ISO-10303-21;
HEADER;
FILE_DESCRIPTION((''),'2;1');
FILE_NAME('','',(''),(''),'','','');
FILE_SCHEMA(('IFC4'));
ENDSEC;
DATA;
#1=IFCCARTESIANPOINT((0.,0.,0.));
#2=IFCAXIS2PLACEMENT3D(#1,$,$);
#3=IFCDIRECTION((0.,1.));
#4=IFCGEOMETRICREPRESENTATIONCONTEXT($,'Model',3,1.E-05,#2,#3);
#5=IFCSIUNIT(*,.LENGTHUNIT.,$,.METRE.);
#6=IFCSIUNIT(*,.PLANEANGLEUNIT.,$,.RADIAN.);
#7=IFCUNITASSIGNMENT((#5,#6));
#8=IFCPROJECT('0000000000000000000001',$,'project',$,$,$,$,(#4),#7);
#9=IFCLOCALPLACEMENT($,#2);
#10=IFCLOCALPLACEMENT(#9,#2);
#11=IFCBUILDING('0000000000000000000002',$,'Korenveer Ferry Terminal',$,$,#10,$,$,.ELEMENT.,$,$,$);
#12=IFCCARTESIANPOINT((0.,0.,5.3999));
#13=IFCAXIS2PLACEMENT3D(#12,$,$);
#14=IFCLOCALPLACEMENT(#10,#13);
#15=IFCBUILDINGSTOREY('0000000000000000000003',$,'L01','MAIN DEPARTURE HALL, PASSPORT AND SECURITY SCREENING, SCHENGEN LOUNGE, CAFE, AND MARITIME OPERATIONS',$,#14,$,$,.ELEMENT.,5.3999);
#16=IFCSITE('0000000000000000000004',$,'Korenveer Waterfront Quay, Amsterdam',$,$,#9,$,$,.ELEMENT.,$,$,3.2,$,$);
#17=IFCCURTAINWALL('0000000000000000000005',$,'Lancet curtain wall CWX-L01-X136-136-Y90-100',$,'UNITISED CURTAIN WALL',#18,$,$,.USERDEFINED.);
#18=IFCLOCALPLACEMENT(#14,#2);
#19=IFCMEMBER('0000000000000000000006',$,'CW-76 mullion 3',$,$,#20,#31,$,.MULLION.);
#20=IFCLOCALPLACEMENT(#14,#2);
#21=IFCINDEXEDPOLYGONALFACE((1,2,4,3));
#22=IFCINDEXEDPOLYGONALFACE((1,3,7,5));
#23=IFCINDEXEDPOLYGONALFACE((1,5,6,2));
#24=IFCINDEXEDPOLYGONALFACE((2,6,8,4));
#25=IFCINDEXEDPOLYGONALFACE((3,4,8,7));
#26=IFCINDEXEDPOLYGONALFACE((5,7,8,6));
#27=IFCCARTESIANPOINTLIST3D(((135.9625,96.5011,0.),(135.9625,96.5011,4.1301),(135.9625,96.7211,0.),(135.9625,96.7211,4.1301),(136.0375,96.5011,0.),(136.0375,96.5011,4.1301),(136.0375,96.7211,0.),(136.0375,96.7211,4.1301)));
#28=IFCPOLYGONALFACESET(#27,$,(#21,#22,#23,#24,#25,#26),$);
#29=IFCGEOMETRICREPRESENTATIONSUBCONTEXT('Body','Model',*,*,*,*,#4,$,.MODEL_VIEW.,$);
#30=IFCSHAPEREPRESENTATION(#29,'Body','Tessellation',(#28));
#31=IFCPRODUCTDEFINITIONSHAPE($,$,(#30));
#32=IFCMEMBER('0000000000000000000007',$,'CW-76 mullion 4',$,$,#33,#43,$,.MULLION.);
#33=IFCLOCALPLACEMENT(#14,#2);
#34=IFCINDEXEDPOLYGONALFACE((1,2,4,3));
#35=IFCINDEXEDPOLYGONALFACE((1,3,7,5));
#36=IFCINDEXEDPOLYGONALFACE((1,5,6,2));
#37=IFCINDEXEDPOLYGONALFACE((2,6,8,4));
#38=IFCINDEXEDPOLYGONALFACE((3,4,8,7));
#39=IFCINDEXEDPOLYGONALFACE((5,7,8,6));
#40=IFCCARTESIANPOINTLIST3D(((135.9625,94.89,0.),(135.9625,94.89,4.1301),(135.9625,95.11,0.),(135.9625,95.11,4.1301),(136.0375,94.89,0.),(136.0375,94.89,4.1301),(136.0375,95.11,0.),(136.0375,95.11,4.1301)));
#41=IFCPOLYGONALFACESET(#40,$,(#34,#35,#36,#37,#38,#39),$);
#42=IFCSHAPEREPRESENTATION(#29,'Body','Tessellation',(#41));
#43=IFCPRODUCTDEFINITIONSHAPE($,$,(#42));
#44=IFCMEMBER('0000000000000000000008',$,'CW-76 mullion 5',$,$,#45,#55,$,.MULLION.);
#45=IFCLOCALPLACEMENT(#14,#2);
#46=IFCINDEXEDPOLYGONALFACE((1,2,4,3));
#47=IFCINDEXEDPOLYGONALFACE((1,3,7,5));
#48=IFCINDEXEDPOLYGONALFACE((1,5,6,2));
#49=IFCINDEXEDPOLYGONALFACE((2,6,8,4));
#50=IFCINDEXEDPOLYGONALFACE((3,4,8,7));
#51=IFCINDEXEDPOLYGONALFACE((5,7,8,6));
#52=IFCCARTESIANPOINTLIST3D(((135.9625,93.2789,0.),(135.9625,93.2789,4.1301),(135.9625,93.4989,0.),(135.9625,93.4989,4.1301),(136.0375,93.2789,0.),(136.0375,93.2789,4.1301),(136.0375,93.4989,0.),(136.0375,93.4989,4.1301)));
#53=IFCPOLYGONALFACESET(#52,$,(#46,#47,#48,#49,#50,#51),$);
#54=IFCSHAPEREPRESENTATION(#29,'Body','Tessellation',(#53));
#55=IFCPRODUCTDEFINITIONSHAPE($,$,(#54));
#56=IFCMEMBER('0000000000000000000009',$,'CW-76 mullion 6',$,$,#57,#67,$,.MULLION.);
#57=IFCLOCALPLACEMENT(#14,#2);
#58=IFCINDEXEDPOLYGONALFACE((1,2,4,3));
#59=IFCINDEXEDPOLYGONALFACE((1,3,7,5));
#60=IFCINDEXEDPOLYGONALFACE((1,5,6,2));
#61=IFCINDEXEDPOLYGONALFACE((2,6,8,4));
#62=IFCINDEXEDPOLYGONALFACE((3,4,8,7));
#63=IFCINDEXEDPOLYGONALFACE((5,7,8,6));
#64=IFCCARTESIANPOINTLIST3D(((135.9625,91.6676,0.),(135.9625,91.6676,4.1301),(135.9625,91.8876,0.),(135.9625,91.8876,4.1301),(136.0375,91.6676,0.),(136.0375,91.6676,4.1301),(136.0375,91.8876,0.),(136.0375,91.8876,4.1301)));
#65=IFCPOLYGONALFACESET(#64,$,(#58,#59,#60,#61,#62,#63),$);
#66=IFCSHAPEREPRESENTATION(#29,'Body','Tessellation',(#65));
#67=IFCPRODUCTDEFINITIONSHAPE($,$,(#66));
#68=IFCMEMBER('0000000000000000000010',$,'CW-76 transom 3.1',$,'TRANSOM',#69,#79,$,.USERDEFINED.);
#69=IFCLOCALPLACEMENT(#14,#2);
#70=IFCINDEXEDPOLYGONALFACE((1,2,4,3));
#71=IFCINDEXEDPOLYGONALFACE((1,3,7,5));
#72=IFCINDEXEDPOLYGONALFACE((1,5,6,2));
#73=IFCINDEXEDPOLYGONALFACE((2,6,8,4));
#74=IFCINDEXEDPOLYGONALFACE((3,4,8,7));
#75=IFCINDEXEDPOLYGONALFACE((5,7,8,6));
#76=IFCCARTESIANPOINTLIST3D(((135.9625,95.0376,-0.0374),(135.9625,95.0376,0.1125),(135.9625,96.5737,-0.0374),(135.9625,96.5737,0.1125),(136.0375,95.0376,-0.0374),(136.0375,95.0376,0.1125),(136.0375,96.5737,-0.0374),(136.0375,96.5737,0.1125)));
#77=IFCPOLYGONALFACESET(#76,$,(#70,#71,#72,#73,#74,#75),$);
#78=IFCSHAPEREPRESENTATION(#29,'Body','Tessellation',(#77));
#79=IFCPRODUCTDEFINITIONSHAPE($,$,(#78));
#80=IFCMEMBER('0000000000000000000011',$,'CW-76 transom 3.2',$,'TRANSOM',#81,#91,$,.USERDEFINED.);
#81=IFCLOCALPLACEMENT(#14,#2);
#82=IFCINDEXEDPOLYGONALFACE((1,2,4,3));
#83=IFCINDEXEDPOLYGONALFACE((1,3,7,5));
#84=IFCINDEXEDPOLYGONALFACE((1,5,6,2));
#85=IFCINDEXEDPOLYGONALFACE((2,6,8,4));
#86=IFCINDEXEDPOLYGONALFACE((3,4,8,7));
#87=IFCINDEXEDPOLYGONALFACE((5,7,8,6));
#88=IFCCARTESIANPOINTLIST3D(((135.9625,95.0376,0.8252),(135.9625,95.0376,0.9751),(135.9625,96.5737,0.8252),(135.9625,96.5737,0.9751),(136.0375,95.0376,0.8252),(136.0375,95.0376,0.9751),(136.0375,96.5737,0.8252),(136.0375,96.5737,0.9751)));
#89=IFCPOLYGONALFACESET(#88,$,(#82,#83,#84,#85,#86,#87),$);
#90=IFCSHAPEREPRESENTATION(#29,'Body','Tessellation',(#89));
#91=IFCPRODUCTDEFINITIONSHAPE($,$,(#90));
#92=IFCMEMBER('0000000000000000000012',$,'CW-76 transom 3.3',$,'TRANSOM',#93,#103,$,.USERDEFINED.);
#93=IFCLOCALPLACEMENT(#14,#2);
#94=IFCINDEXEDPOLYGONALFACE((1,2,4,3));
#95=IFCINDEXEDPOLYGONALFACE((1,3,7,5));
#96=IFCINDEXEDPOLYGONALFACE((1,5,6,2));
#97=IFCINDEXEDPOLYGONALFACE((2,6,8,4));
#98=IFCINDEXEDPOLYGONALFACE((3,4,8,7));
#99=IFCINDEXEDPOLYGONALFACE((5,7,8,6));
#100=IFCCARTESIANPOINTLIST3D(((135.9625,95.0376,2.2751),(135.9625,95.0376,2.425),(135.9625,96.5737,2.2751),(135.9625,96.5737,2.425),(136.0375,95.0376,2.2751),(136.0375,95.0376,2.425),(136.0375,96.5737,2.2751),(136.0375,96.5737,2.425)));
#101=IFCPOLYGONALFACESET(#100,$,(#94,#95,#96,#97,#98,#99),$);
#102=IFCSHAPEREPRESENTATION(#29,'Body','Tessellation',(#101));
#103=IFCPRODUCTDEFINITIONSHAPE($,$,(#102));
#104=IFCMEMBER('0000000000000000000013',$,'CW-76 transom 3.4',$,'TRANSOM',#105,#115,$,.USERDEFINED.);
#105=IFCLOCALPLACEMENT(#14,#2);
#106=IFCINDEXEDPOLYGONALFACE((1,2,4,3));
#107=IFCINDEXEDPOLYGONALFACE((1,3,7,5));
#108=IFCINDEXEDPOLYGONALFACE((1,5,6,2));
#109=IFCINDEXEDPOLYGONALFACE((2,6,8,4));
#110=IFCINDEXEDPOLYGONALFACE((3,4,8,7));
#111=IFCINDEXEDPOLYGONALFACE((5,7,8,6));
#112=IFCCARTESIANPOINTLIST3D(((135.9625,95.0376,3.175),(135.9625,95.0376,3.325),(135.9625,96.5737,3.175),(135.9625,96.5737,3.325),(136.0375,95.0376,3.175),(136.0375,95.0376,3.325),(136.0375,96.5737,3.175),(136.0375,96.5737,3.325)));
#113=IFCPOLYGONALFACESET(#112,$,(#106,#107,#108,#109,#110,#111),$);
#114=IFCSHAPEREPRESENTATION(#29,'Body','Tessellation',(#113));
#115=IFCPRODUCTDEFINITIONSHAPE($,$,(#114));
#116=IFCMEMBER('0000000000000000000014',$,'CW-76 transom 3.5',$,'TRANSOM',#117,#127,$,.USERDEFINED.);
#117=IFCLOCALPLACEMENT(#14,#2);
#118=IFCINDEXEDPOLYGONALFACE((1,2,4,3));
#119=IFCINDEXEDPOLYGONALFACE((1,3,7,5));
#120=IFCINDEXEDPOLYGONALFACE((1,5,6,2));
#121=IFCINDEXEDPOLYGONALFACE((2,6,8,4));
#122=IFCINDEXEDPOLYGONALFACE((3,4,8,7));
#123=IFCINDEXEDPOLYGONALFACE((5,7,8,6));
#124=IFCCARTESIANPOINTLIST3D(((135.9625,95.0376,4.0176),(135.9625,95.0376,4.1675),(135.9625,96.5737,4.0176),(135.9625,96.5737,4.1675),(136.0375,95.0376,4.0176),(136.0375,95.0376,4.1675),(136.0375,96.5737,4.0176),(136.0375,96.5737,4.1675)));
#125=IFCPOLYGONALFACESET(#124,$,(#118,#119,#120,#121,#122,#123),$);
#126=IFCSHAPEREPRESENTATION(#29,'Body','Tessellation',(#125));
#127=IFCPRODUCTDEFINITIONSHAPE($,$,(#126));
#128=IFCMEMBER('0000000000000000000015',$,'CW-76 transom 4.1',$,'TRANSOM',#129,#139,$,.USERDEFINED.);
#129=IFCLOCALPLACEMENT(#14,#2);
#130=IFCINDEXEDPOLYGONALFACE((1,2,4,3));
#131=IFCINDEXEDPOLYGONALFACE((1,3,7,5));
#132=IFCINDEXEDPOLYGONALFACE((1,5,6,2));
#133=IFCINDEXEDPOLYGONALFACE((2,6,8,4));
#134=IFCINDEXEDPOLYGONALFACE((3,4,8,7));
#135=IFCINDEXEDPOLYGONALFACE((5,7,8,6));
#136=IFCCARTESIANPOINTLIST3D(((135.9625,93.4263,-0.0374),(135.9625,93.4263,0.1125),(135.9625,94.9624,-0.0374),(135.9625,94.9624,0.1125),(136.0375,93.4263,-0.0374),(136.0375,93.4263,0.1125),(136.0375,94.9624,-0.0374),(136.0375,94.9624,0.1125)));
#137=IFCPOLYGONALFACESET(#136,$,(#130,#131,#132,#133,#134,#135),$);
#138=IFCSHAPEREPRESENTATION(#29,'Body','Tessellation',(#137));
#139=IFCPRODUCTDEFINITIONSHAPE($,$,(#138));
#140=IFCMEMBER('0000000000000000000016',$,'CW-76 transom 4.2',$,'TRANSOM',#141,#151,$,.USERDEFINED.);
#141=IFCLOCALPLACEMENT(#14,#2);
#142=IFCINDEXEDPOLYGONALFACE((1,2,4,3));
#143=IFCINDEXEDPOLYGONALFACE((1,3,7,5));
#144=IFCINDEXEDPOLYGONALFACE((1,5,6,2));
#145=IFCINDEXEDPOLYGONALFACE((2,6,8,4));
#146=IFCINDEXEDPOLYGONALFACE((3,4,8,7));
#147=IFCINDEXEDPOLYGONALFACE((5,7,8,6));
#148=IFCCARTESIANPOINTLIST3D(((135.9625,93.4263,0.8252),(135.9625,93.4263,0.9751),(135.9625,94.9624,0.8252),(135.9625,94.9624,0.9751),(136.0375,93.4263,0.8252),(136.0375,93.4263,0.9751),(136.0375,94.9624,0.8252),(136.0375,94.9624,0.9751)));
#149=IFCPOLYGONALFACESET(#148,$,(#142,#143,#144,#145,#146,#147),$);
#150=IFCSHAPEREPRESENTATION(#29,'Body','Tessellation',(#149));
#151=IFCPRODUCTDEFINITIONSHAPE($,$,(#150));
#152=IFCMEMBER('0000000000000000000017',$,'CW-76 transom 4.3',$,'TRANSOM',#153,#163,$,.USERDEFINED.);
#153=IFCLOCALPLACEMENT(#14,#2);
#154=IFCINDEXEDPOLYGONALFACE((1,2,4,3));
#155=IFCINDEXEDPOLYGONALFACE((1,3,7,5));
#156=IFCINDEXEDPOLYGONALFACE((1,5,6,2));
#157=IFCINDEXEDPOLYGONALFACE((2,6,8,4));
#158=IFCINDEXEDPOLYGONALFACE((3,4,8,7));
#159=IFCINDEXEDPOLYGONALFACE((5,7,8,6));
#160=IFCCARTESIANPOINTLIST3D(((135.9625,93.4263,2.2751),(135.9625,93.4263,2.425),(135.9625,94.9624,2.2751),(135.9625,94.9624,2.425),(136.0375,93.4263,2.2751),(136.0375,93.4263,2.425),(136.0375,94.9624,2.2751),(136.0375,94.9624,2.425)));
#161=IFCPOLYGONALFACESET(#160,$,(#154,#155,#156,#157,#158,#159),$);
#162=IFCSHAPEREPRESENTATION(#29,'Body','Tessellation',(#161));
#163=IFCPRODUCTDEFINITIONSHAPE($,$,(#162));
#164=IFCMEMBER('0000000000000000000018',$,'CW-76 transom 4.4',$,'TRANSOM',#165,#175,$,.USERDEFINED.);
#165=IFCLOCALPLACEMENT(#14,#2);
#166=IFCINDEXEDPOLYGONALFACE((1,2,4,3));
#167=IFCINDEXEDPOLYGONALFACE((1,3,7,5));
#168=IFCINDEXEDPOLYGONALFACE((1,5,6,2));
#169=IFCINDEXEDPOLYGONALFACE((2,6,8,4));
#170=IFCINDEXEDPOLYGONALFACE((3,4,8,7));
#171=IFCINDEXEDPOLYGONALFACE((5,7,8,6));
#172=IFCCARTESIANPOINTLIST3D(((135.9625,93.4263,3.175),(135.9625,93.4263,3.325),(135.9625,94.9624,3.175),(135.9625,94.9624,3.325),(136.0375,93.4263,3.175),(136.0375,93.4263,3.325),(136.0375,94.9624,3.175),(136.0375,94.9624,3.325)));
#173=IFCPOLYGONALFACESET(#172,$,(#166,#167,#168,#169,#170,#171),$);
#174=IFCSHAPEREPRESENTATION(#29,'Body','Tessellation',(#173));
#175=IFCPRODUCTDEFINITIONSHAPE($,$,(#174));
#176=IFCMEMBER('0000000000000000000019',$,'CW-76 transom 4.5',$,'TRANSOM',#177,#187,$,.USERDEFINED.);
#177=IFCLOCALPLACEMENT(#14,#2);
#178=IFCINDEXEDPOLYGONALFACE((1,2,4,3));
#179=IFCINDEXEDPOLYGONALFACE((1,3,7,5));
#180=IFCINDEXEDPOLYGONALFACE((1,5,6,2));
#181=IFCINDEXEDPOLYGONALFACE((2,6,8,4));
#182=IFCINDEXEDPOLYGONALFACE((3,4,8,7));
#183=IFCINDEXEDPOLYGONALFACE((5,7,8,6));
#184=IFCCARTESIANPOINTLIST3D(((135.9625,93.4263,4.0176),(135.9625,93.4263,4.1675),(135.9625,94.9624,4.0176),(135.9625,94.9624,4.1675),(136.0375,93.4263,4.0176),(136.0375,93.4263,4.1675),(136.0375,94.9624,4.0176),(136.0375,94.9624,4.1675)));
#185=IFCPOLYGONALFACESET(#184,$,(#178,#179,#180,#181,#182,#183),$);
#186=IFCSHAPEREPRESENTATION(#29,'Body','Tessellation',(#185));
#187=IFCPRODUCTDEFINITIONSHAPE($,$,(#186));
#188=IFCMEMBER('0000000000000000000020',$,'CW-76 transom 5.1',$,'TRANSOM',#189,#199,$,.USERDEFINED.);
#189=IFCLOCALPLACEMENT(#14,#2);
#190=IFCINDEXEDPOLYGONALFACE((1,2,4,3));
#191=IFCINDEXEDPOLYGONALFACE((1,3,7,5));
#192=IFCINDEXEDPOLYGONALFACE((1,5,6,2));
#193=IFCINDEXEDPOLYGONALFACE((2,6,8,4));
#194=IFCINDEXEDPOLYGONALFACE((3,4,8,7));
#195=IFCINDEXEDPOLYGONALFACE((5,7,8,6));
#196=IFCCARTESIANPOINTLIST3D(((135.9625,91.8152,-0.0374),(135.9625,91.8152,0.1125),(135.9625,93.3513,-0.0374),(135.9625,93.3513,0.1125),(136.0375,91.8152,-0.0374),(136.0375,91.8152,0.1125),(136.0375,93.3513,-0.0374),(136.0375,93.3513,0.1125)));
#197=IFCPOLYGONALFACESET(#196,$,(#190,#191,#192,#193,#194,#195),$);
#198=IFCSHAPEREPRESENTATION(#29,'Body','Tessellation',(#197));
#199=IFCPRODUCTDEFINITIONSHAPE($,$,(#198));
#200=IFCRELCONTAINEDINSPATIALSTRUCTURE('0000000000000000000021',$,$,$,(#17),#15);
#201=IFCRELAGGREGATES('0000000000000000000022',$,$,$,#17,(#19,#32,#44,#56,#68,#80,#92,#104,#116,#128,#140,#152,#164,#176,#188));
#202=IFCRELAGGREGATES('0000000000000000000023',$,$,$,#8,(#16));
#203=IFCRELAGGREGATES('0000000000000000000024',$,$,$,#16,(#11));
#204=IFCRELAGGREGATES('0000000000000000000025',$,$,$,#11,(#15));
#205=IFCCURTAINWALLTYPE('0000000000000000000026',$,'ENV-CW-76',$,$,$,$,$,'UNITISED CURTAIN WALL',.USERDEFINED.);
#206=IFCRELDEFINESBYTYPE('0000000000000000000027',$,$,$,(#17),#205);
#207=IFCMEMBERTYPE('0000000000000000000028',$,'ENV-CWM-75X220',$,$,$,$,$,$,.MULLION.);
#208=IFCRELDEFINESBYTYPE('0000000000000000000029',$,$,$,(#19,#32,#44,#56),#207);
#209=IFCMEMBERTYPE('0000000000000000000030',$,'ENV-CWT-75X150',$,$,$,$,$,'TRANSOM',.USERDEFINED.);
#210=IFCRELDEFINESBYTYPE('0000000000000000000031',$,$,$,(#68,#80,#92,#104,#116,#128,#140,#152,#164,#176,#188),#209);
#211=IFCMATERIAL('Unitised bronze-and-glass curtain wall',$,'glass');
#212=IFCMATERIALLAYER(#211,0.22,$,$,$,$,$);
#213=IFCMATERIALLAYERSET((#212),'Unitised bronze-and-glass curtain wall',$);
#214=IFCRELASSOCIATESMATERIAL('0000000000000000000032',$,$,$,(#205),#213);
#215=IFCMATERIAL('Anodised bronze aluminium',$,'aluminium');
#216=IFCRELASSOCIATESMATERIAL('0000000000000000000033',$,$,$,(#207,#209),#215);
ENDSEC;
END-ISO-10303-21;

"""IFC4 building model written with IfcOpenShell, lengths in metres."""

from ifc_helpers import new_model, si_unit, direction, frame, origin, origin_2d, place, context, subcontext, project, spatial, rectangle, extrude, material, layer, layer_set, material_profile, profile_set, type_object, element, aggregate, save


model = new_model("IFC4")

# Units and contexts
model_context = context("Model", 3, precision=1e-05, world=origin(), true_north=direction((0.0, 1.0)))
body_context = subcontext(model_context, "Body", "Model", "MODEL_VIEW")
ifc_project = project(units=[si_unit("LENGTHUNIT", "METRE"), si_unit("PLANEANGLEUNIT", "RADIAN")], contexts=[model_context])

# Site, building, storey
site_placement = place(None, origin())
site = spatial("IfcSite", under=ifc_project, at=site_placement, Name="Korenveer Waterfront Quay, Amsterdam", CompositionType="ELEMENT", RefElevation=3.2)
building_placement = place(site_placement, origin())
building = spatial("IfcBuilding", under=site, at=building_placement, Name="Korenveer Ferry Terminal", CompositionType="ELEMENT")
storey_placement = place(building_placement, frame((0.0, 0.0, 5.3999)))
storey = spatial("IfcBuildingStorey", under=building, at=storey_placement, Name="L01", Description="MAIN DEPARTURE HALL, PASSPORT AND SECURITY SCREENING, SCHENGEN LOUNGE, CAFE, AND MARITIME OPERATIONS", CompositionType="ELEMENT", Elevation=5.3999)

# Curtain wall, members
ifc_material_1 = material(Name="Unitised bronze-and-glass curtain wall", Category="glass")
ifc_layer_1 = layer(ifc_material_1, 0.22)
ifc_layer_set_1 = layer_set([ifc_layer_1], Name="Unitised bronze-and-glass curtain wall")
curtain_wall_type = type_object("IfcCurtainWallType", Name="ENV-CW-76", ElementType="UNITISED CURTAIN WALL", PredefinedType="USERDEFINED", material=ifc_layer_set_1)
curtain_wall_placement = place(storey_placement, frame((136.0, 99.8335, 0.0)))
curtain_wall = element("IfcCurtainWall", 1, at=curtain_wall_placement, inside=storey, type_object=curtain_wall_type, Name="Lancet curtain wall CWX-L01-X136-136-Y90-100", ObjectType="UNITISED CURTAIN WALL", PredefinedType="USERDEFINED")
ifc_material_2 = material(Name="Anodised bronze aluminium", Category="aluminium")
ifc_material_profile_1 = material_profile(ifc_material_2, rectangle(XDim=0.075, YDim=0.22, at=origin_2d()), Name="ALU 75x220")
ifc_profile_set_1 = profile_set([ifc_material_profile_1], Name="Anodised bronze aluminium")
member_type_1 = type_object("IfcMemberType", Name="ENV-CWM-75X220", PredefinedType="MULLION", material=ifc_profile_set_1)
member_1_placement = place(storey_placement, frame((136.0, 96.6111, 0.0), z_axis=(0.0, 0.0, 1.0), x_axis=(1.0, 0.0, 0.0)))
member_1 = element("IfcMember", 2, at=member_1_placement, type_object=member_type_1, Name="CW-76 mullion 3", PredefinedType="MULLION", context=body_context, shape_type="SweptSolid", body=[
    extrude(rectangle(XDim=0.075, YDim=0.22, at=origin_2d()), origin(), (0.0, 0.0, 1.0), 4.1301),
])
member_2_placement = place(storey_placement, frame((136.0, 95.0, 0.0), z_axis=(0.0, 0.0, 1.0), x_axis=(1.0, 0.0, 0.0)))
member_2 = element("IfcMember", 3, at=member_2_placement, type_object=member_type_1, Name="CW-76 mullion 4", PredefinedType="MULLION", context=body_context, shape_type="SweptSolid", body=[
    extrude(rectangle(XDim=0.075, YDim=0.22, at=origin_2d()), origin(), (0.0, 0.0, 1.0), 4.1301),
])
member_3_placement = place(storey_placement, frame((136.0, 93.3889, 0.0), z_axis=(0.0, 0.0, 1.0), x_axis=(1.0, 0.0, 0.0)))
member_3 = element("IfcMember", 4, at=member_3_placement, type_object=member_type_1, Name="CW-76 mullion 5", PredefinedType="MULLION", context=body_context, shape_type="SweptSolid", body=[
    extrude(rectangle(XDim=0.075, YDim=0.22, at=origin_2d()), origin(), (0.0, 0.0, 1.0), 4.1301),
])
member_4_placement = place(storey_placement, frame((136.0, 91.7776, 0.0), z_axis=(0.0, 0.0, 1.0), x_axis=(1.0, 0.0, 0.0)))
member_4 = element("IfcMember", 5, at=member_4_placement, type_object=member_type_1, Name="CW-76 mullion 6", PredefinedType="MULLION", context=body_context, shape_type="SweptSolid", body=[
    extrude(rectangle(XDim=0.075, YDim=0.22, at=origin_2d()), origin(), (0.0, 0.0, 1.0), 4.1301),
])
ifc_material_profile_2 = material_profile(ifc_material_2, rectangle(XDim=0.075, YDim=0.1499, at=origin_2d()), Name="ALU 75x150")
ifc_profile_set_2 = profile_set([ifc_material_profile_2], Name="Anodised bronze aluminium")
member_type_2 = type_object("IfcMemberType", Name="ENV-CWT-75X150", ElementType="TRANSOM", PredefinedType="USERDEFINED", material=ifc_profile_set_2)
member_5_placement = place(storey_placement, frame((136.0, 96.5737, 0.0376), z_axis=(0.0, -1.0, 0.0), x_axis=(1.0, 0.0, 0.0)))
member_5 = element("IfcMember", 6, at=member_5_placement, type_object=member_type_2, Name="CW-76 transom 3.1", ObjectType="TRANSOM", PredefinedType="USERDEFINED", context=body_context, shape_type="SweptSolid", body=[
    extrude(rectangle(XDim=0.075, YDim=0.1499, at=origin_2d()), origin(), (0.0, 0.0, 1.0), 1.5361),
])
member_6_placement = place(storey_placement, frame((136.0, 96.5737, 0.9001), z_axis=(0.0, -1.0, 0.0), x_axis=(1.0, 0.0, 0.0)))
member_6 = element("IfcMember", 7, at=member_6_placement, type_object=member_type_2, Name="CW-76 transom 3.2", ObjectType="TRANSOM", PredefinedType="USERDEFINED", context=body_context, shape_type="SweptSolid", body=[
    extrude(rectangle(XDim=0.075, YDim=0.1499, at=origin_2d()), origin(), (0.0, 0.0, 1.0), 1.5361),
])
member_7_placement = place(storey_placement, frame((136.0, 96.5737, 2.3501), z_axis=(0.0, -1.0, 0.0), x_axis=(1.0, 0.0, 0.0)))
member_7 = element("IfcMember", 8, at=member_7_placement, type_object=member_type_2, Name="CW-76 transom 3.3", ObjectType="TRANSOM", PredefinedType="USERDEFINED", context=body_context, shape_type="SweptSolid", body=[
    extrude(rectangle(XDim=0.075, YDim=0.1499, at=origin_2d()), origin(), (0.0, 0.0, 1.0), 1.5361),
])
member_8_placement = place(storey_placement, frame((136.0, 96.5737, 3.25), z_axis=(0.0, -1.0, 0.0), x_axis=(1.0, 0.0, 0.0)))
member_8 = element("IfcMember", 9, at=member_8_placement, type_object=member_type_2, Name="CW-76 transom 3.4", ObjectType="TRANSOM", PredefinedType="USERDEFINED", context=body_context, shape_type="SweptSolid", body=[
    extrude(rectangle(XDim=0.075, YDim=0.1499, at=origin_2d()), origin(), (0.0, 0.0, 1.0), 1.5361),
])
member_9_placement = place(storey_placement, frame((136.0, 96.5737, 4.0925), z_axis=(0.0, -1.0, 0.0), x_axis=(1.0, 0.0, 0.0)))
member_9 = element("IfcMember", 10, at=member_9_placement, type_object=member_type_2, Name="CW-76 transom 3.5", ObjectType="TRANSOM", PredefinedType="USERDEFINED", context=body_context, shape_type="SweptSolid", body=[
    extrude(rectangle(XDim=0.075, YDim=0.1499, at=origin_2d()), origin(), (0.0, 0.0, 1.0), 1.5361),
])
member_10_placement = place(storey_placement, frame((136.0, 94.9624, 0.0376), z_axis=(0.0, -1.0, 0.0), x_axis=(1.0, 0.0, 0.0)))
member_10 = element("IfcMember", 11, at=member_10_placement, type_object=member_type_2, Name="CW-76 transom 4.1", ObjectType="TRANSOM", PredefinedType="USERDEFINED", context=body_context, shape_type="SweptSolid", body=[
    extrude(rectangle(XDim=0.075, YDim=0.1499, at=origin_2d()), origin(), (0.0, 0.0, 1.0), 1.5361),
])
member_11_placement = place(storey_placement, frame((136.0, 94.9624, 0.9001), z_axis=(0.0, -1.0, 0.0), x_axis=(1.0, 0.0, 0.0)))
member_11 = element("IfcMember", 12, at=member_11_placement, type_object=member_type_2, Name="CW-76 transom 4.2", ObjectType="TRANSOM", PredefinedType="USERDEFINED", context=body_context, shape_type="SweptSolid", body=[
    extrude(rectangle(XDim=0.075, YDim=0.1499, at=origin_2d()), origin(), (0.0, 0.0, 1.0), 1.5361),
])
member_12_placement = place(storey_placement, frame((136.0, 94.9624, 2.3501), z_axis=(0.0, -1.0, 0.0), x_axis=(1.0, 0.0, 0.0)))
member_12 = element("IfcMember", 13, at=member_12_placement, type_object=member_type_2, Name="CW-76 transom 4.3", ObjectType="TRANSOM", PredefinedType="USERDEFINED", context=body_context, shape_type="SweptSolid", body=[
    extrude(rectangle(XDim=0.075, YDim=0.1499, at=origin_2d()), origin(), (0.0, 0.0, 1.0), 1.5361),
])
member_13_placement = place(storey_placement, frame((136.0, 94.9624, 3.25), z_axis=(0.0, -1.0, 0.0), x_axis=(1.0, 0.0, 0.0)))
member_13 = element("IfcMember", 14, at=member_13_placement, type_object=member_type_2, Name="CW-76 transom 4.4", ObjectType="TRANSOM", PredefinedType="USERDEFINED", context=body_context, shape_type="SweptSolid", body=[
    extrude(rectangle(XDim=0.075, YDim=0.1499, at=origin_2d()), origin(), (0.0, 0.0, 1.0), 1.5361),
])
member_14_placement = place(storey_placement, frame((136.0, 94.9624, 4.0925), z_axis=(0.0, -1.0, 0.0), x_axis=(1.0, 0.0, 0.0)))
member_14 = element("IfcMember", 15, at=member_14_placement, type_object=member_type_2, Name="CW-76 transom 4.5", ObjectType="TRANSOM", PredefinedType="USERDEFINED", context=body_context, shape_type="SweptSolid", body=[
    extrude(rectangle(XDim=0.075, YDim=0.1499, at=origin_2d()), origin(), (0.0, 0.0, 1.0), 1.5361),
])
member_15_placement = place(storey_placement, frame((136.0, 93.3513, 0.0376), z_axis=(0.0, -1.0, 0.0), x_axis=(1.0, 0.0, 0.0)))
member_15 = element("IfcMember", 16, at=member_15_placement, type_object=member_type_2, Name="CW-76 transom 5.1", ObjectType="TRANSOM", PredefinedType="USERDEFINED", context=body_context, shape_type="SweptSolid", body=[
    extrude(rectangle(XDim=0.075, YDim=0.1499, at=origin_2d()), origin(), (0.0, 0.0, 1.0), 1.5361),
])
aggregate(curtain_wall, [member_1, member_2, member_3, member_4, member_5, member_6, member_7, member_8, member_9, member_10, member_11, member_12, member_13, member_14, member_15])

save(model, "model.ifc")
